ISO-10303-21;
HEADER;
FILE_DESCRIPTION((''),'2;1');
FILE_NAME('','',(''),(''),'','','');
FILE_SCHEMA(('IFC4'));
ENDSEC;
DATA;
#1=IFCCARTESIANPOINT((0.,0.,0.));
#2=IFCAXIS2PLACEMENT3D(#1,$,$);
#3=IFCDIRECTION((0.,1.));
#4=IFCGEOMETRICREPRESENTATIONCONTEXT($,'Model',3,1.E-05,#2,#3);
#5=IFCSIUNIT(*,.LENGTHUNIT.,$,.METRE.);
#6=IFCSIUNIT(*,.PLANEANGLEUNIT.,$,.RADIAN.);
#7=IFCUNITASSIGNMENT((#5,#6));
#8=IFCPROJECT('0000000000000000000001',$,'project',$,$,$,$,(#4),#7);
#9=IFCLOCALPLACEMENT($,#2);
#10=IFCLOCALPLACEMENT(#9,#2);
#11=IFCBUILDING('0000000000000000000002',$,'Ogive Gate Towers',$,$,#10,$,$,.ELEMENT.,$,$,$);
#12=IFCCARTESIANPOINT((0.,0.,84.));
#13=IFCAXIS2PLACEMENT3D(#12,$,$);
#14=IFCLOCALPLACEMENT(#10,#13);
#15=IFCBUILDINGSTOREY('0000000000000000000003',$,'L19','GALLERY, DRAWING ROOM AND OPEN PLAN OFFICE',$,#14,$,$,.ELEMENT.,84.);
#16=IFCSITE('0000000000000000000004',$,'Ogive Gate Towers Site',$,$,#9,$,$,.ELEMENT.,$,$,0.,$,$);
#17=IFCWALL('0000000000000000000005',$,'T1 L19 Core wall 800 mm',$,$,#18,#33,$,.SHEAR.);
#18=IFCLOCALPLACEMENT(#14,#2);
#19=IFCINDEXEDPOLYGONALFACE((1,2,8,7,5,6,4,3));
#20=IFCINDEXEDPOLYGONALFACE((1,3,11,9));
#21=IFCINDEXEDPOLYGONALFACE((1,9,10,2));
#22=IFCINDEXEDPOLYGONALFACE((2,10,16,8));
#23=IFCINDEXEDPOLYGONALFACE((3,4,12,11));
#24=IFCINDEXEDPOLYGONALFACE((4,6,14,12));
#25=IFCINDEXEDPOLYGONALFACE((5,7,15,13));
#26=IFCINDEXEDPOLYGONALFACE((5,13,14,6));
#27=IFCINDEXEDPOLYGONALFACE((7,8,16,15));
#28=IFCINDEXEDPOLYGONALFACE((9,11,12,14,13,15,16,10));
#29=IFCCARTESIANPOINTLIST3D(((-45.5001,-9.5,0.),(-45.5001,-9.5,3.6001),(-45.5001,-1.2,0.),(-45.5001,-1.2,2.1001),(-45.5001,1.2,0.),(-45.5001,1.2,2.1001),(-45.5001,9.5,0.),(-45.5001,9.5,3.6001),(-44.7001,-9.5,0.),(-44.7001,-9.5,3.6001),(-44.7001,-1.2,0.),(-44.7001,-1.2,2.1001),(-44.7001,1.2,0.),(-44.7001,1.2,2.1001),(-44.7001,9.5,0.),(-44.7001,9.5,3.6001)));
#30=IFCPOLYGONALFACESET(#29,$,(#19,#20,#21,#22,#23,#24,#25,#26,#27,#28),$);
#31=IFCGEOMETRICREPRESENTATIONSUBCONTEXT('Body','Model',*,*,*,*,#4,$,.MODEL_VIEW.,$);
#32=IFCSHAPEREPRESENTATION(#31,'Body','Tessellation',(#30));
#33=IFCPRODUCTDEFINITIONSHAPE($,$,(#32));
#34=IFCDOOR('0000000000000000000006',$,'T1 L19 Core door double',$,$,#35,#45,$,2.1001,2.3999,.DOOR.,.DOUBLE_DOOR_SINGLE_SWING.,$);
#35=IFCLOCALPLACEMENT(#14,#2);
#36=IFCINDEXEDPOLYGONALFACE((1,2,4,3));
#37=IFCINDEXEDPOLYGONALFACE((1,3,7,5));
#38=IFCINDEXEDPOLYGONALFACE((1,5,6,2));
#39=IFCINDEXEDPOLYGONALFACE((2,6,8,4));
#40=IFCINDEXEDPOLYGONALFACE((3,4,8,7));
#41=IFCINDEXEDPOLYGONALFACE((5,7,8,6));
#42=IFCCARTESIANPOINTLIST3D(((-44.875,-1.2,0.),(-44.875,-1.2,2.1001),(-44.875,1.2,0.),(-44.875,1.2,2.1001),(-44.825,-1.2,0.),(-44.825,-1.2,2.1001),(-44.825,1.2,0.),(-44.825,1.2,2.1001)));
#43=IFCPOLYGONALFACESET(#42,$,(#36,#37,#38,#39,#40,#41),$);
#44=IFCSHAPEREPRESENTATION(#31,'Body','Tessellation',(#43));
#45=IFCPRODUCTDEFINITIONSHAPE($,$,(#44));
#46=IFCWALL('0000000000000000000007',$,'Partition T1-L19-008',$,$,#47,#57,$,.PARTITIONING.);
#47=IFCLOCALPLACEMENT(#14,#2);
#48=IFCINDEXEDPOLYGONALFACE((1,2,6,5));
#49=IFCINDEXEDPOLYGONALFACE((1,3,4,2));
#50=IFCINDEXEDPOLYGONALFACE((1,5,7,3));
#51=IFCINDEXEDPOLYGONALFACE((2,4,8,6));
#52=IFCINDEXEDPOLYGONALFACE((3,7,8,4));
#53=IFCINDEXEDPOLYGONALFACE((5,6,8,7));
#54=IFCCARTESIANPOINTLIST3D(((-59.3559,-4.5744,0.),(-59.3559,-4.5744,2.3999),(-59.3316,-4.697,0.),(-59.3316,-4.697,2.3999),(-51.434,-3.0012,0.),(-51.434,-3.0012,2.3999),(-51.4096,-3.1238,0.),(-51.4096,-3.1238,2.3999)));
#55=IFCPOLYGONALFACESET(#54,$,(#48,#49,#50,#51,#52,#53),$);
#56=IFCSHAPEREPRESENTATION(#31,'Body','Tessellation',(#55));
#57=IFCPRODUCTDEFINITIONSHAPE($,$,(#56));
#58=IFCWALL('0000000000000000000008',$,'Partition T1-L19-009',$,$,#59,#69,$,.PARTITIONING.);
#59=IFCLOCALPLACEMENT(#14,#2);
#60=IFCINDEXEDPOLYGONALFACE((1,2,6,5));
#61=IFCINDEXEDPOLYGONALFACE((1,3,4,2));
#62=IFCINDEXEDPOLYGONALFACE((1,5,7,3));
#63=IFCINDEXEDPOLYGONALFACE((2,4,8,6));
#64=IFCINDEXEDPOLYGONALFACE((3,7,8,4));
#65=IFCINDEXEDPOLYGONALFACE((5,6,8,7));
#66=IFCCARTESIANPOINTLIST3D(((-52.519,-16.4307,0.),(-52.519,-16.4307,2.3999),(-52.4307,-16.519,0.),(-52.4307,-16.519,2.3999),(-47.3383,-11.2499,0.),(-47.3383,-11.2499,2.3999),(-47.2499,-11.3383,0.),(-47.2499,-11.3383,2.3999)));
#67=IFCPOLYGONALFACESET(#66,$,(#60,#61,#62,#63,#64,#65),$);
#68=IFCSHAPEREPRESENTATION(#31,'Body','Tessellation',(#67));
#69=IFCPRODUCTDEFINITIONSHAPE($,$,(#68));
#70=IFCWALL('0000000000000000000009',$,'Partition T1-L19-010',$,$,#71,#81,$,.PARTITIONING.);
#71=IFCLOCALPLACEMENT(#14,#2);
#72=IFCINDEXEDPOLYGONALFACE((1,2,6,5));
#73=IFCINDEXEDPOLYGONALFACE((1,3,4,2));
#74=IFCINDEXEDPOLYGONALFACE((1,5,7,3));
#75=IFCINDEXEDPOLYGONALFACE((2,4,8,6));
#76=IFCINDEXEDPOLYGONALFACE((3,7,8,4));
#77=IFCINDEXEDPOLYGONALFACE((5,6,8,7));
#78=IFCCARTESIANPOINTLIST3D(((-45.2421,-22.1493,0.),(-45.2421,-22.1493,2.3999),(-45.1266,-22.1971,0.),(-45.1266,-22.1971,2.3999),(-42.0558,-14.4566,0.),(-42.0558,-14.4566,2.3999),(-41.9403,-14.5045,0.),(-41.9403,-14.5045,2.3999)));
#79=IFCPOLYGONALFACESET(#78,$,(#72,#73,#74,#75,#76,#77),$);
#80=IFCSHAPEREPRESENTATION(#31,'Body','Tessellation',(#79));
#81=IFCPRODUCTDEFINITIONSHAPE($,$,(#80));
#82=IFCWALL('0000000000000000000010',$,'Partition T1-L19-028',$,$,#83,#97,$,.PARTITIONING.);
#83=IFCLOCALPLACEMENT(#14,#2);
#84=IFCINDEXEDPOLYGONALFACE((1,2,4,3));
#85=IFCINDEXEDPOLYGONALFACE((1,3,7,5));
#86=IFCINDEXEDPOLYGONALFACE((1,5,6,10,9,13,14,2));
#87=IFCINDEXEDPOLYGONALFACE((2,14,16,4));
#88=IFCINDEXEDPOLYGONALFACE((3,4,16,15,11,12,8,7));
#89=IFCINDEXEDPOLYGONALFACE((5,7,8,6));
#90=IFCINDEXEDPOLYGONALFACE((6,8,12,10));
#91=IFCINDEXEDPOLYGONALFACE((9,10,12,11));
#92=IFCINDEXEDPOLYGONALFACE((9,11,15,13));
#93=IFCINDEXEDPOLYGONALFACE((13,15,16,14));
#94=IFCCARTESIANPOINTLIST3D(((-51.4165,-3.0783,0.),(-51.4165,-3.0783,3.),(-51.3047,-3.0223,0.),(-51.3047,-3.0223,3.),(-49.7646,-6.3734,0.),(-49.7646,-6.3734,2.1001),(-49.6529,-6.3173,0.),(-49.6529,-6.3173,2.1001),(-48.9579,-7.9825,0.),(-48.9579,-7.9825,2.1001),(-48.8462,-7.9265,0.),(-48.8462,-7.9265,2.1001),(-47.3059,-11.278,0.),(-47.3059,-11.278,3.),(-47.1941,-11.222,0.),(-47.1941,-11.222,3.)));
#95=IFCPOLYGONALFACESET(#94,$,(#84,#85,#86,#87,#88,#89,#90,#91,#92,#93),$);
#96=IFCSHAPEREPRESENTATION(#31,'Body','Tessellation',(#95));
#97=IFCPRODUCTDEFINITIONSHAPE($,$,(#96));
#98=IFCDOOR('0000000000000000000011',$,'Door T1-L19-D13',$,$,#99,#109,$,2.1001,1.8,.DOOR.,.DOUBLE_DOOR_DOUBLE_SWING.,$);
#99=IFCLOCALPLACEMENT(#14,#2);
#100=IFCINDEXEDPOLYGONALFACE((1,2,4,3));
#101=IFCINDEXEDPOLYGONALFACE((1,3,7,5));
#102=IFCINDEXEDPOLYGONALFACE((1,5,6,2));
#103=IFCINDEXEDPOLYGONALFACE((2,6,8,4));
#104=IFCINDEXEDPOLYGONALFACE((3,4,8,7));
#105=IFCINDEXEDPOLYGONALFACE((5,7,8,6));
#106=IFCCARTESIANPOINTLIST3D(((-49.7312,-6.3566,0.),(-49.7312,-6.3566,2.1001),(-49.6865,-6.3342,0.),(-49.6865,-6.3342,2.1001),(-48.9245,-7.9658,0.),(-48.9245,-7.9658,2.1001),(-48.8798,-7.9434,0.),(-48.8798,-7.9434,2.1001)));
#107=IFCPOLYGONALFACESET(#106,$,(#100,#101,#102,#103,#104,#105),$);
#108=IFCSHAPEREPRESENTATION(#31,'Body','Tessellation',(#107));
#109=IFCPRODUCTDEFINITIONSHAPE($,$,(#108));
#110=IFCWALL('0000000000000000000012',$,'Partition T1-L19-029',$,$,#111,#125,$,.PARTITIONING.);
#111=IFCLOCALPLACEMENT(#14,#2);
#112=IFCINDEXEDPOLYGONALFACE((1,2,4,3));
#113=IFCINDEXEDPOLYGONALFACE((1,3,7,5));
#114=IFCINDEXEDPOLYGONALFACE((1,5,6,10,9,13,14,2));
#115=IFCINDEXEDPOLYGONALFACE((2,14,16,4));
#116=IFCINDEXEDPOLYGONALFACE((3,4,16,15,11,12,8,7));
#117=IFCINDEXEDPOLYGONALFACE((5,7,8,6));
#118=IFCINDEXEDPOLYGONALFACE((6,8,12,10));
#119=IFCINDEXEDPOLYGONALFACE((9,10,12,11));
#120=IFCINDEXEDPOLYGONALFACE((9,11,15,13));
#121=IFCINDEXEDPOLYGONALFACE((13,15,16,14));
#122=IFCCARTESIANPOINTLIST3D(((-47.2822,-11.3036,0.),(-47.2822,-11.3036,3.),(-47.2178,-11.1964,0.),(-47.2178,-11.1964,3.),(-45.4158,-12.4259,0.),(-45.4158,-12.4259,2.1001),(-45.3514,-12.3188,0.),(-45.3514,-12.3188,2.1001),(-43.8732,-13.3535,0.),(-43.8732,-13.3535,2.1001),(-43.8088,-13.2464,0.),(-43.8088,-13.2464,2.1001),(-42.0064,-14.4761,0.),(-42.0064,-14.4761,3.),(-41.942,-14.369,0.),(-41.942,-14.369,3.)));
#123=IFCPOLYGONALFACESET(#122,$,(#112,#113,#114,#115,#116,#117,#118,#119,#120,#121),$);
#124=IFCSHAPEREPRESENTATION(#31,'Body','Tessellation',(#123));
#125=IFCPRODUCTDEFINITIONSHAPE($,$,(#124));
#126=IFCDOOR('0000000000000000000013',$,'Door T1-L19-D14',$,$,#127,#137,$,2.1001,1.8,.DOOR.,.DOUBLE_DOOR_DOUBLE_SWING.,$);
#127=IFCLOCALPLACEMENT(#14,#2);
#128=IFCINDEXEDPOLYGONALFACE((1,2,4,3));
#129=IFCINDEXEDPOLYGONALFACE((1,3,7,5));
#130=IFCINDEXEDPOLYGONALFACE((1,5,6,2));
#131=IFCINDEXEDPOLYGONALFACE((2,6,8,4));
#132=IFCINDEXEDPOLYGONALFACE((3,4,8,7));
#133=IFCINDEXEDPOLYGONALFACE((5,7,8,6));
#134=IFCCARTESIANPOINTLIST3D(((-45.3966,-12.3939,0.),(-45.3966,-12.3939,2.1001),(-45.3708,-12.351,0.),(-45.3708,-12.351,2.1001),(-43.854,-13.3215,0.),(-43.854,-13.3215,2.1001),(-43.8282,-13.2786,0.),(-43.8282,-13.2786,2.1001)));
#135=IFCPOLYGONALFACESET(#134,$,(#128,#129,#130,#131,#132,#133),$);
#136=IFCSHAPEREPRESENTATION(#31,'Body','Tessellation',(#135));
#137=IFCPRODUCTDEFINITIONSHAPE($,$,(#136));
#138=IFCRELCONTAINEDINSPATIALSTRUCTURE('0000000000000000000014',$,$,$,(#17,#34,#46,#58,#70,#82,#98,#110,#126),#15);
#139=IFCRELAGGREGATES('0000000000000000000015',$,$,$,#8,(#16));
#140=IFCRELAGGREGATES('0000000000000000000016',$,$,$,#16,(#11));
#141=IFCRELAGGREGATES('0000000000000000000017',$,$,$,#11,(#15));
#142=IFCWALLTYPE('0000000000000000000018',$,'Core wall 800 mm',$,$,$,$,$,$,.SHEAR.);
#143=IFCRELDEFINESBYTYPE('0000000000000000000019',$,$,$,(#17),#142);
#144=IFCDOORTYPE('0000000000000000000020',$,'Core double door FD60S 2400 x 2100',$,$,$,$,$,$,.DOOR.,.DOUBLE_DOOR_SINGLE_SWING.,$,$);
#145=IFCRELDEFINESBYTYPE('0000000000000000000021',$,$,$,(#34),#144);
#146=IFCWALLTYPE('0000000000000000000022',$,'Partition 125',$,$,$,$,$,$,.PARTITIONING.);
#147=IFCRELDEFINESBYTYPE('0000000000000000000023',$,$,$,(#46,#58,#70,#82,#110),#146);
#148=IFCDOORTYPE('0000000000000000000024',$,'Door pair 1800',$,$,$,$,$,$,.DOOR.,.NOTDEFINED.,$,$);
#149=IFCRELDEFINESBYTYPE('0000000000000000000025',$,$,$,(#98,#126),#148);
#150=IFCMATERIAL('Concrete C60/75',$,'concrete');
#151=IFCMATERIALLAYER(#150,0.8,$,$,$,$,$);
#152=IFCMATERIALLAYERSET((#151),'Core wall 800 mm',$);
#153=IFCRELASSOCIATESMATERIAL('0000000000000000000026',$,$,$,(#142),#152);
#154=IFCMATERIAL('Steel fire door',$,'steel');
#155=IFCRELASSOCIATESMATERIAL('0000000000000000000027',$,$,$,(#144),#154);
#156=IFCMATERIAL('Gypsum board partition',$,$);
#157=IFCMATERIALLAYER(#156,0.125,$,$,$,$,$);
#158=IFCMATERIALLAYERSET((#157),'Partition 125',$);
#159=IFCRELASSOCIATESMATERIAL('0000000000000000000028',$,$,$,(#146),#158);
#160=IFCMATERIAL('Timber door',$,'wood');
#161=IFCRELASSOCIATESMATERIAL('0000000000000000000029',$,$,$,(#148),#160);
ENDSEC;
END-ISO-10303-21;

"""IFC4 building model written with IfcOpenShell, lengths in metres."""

from ifc_helpers import new_model, si_unit, direction, frame, frame_2d, origin, place, context, subcontext, project, spatial, rectangle, extrude, material, layer, layer_set, type_object, element, fill, save


model = new_model("IFC4")

# Units and contexts
model_context = context("Model", 3, precision=1e-05, world=origin(), true_north=direction((0.0, 1.0)))
body_context = subcontext(model_context, "Body", "Model", "MODEL_VIEW")
ifc_project = project(units=[si_unit("LENGTHUNIT", "METRE"), si_unit("PLANEANGLEUNIT", "RADIAN")], contexts=[model_context])

# Site, building, storey
site_placement = place(None, origin())
site = spatial("IfcSite", under=ifc_project, at=site_placement, Name="Ogive Gate Towers Site", CompositionType="ELEMENT", RefElevation=0.0)
building_placement = place(site_placement, origin())
building = spatial("IfcBuilding", under=site, at=building_placement, Name="Ogive Gate Towers", CompositionType="ELEMENT")
storey_placement = place(building_placement, frame((0.0, 0.0, 84.0)))
storey = spatial("IfcBuildingStorey", under=building, at=storey_placement, Name="L19", Description="GALLERY, DRAWING ROOM AND OPEN PLAN OFFICE", CompositionType="ELEMENT", Elevation=84.0)

# Shared definitions
ifc_material_1 = material(Name="Concrete C60/75", Category="concrete")
ifc_layer_1 = layer(ifc_material_1, 0.8)
ifc_layer_set_1 = layer_set([ifc_layer_1], Name="Core wall 800 mm")
wall_type_1 = type_object("IfcWallType", Name="Core wall 800 mm", PredefinedType="SHEAR", material=ifc_layer_set_1)
ifc_material_2 = material(Name="Timber door", Category="wood")
ifc_material_3 = material(Name="Steel fire door", Category="steel")

# Wall, opening, door
wall_1_placement = place(storey_placement, frame((-45.1001, -9.5, 0.0), z_axis=(0.0, 0.0, 1.0), x_axis=(0.0, 1.0, 0.0)))
wall_1 = element("IfcWall", 1, at=wall_1_placement, inside=storey, type_object=wall_type_1, Name="T1 L19 Core wall 800 mm", PredefinedType="SHEAR", context=body_context, shape_type="SweptSolid", body=[
    extrude(rectangle(XDim=19.0, YDim=0.8, at=frame_2d((9.5, 0.0))), origin(), (0.0, 0.0, 1.0), 3.6001),
])
opening_1_placement = place(wall_1_placement, frame((8.3, 0.0, 0.0)))
opening_1 = element("IfcOpeningElement", 2, at=opening_1_placement, cuts=wall_1, PredefinedType="OPENING", context=body_context, shape_type="SweptSolid", body=[
    extrude(rectangle(XDim=2.3999, YDim=2.1001, at=frame_2d((1.2, 1.05))), frame((0.0, 0.4102, 0.0), z_axis=(0.0, -1.0, 0.0), x_axis=(1.0, 0.0, 0.0)), (0.0, 0.0, 1.0), 0.8201),
])
door_type_1 = type_object("IfcDoorType", Name="Core double door FD60S 2400 x 2100", OperationType="DOUBLE_DOOR_SINGLE_SWING", PredefinedType="DOOR", material=ifc_material_3)
door_1_placement = place(opening_1_placement, origin())
door_1 = element("IfcDoor", 3, at=door_1_placement, inside=storey, type_object=door_type_1, Name="T1 L19 Core door double", OperationType="DOUBLE_DOOR_SINGLE_SWING", OverallHeight=2.1001, OverallWidth=2.3999, PredefinedType="DOOR", context=body_context, shape_type="SweptSolid", body=[
    extrude(rectangle(XDim=2.3999, YDim=2.1001, at=frame_2d((1.2, 1.05))), frame((0.0, -0.2251, 0.0), z_axis=(0.0, -1.0, 0.0), x_axis=(1.0, 0.0, 0.0)), (0.0, 0.0, 1.0), 0.05),
])
fill(opening_1, door_1)

# Walls
ifc_material_4 = material(Name="Gypsum board partition")
ifc_layer_2 = layer(ifc_material_4, 0.125)
ifc_layer_set_2 = layer_set([ifc_layer_2], Name="Partition 125")
wall_type_2 = type_object("IfcWallType", Name="Partition 125", PredefinedType="PARTITIONING", material=ifc_layer_set_2)
wall_2_placement = place(storey_placement, frame((-59.3438, -4.6357, 0.0), z_axis=(0.0, 0.0, 1.0), x_axis=(0.980845, 0.194791, 0.0)))
element("IfcWall", 4, at=wall_2_placement, inside=storey, type_object=wall_type_2, Name="Partition T1-L19-008", PredefinedType="PARTITIONING", context=body_context, shape_type="SweptSolid", body=[
    extrude(rectangle(XDim=8.0767, YDim=0.125, at=frame_2d((4.0383, 0.0))), origin(), (0.0, 0.0, 1.0), 2.3999),
])
wall_3_placement = place(storey_placement, frame((-52.4749, -16.4749, 0.0), z_axis=(0.0, 0.0, 1.0), x_axis=(0.707107, 0.707107, 0.0)))
element("IfcWall", 5, at=wall_3_placement, inside=storey, type_object=wall_type_2, Name="Partition T1-L19-009", PredefinedType="PARTITIONING", context=body_context, shape_type="SweptSolid", body=[
    extrude(rectangle(XDim=7.3267, YDim=0.125, at=frame_2d((3.6633, 0.0))), origin(), (0.0, 0.0, 1.0), 2.3999),
])
wall_4_placement = place(storey_placement, frame((-45.1843, -22.1731, 0.0), z_axis=(0.0, 0.0, 1.0), x_axis=(0.382672, 0.923884, 0.0)))
element("IfcWall", 6, at=wall_4_placement, inside=storey, type_object=wall_type_2, Name="Partition T1-L19-010", PredefinedType="PARTITIONING", context=body_context, shape_type="SweptSolid", body=[
    extrude(rectangle(XDim=8.3264, YDim=0.125, at=frame_2d((4.1631, 0.0))), origin(), (0.0, 0.0, 1.0), 2.3999),
])

# Walls, openings, doors
wall_5_placement = place(storey_placement, frame((-51.3606, -3.0503, 0.0), z_axis=(0.0, 0.0, 1.0), x_axis=(0.44815, -0.893958, 0.0)))
wall_5 = element("IfcWall", 7, at=wall_5_placement, inside=storey, type_object=wall_type_2, Name="Partition T1-L19-028", PredefinedType="PARTITIONING", context=body_context, shape_type="SweptSolid", body=[
    extrude(rectangle(XDim=9.1724, YDim=0.125, at=frame_2d((4.5862, 0.0))), origin(), (0.0, 0.0, 1.0), 3.0),
])
opening_2_placement = place(wall_5_placement, frame((3.686, 0.0, 0.0)))
opening_2 = element("IfcOpeningElement", 8, at=opening_2_placement, cuts=wall_5, PredefinedType="OPENING", context=body_context, shape_type="SweptSolid", body=[
    extrude(rectangle(XDim=1.8, YDim=2.1001, at=frame_2d((0.8999, 1.05))), frame((0.0, 0.0725, 0.0), z_axis=(0.0, -1.0, 0.0), x_axis=(1.0, 0.0, 0.0)), (0.0, 0.0, 1.0), 0.145),
])
door_type_2 = type_object("IfcDoorType", Name="Door pair 1800", OperationType="NOTDEFINED", PredefinedType="DOOR", material=ifc_material_2)
door_2_placement = place(opening_2_placement, origin())
door_2 = element("IfcDoor", 9, at=door_2_placement, inside=storey, type_object=door_type_2, Name="Door T1-L19-D13", OperationType="DOUBLE_DOOR_DOUBLE_SWING", OverallHeight=2.1001, OverallWidth=1.8, PredefinedType="DOOR", context=body_context, shape_type="SweptSolid", body=[
    extrude(rectangle(XDim=1.8, YDim=2.1001, at=frame_2d((0.8999, 1.05))), frame((0.0, 0.0249, 0.0), z_axis=(0.0, -1.0, 0.0), x_axis=(1.0, 0.0, 0.0)), (0.0, 0.0, 1.0), 0.05),
])
fill(opening_2, door_2)
wall_6_placement = place(storey_placement, frame((-47.25, -11.25, 0.0), z_axis=(0.0, 0.0, 1.0), x_axis=(0.856985, -0.515341, 0.0)))
wall_6 = element("IfcWall", 10, at=wall_6_placement, inside=storey, type_object=wall_type_2, Name="Partition T1-L19-029", PredefinedType="PARTITIONING", context=body_context, shape_type="SweptSolid", body=[
    extrude(rectangle(XDim=6.1562, YDim=0.125, at=frame_2d((3.0781, 0.0))), origin(), (0.0, 0.0, 1.0), 3.0),
])
opening_3_placement = place(wall_6_placement, frame((2.178, 0.0, 0.0)))
opening_3 = element("IfcOpeningElement", 11, at=opening_3_placement, cuts=wall_6, PredefinedType="OPENING", context=body_context, shape_type="SweptSolid", body=[
    extrude(rectangle(XDim=1.8, YDim=2.1001, at=frame_2d((0.8999, 1.05))), frame((0.0, 0.0725, 0.0), z_axis=(0.0, -1.0, 0.0), x_axis=(1.0, 0.0, 0.0)), (0.0, 0.0, 1.0), 0.145),
])
door_3_placement = place(opening_3_placement, origin())
door_3 = element("IfcDoor", 12, at=door_3_placement, inside=storey, type_object=door_type_2, Name="Door T1-L19-D14", OperationType="DOUBLE_DOOR_DOUBLE_SWING", OverallHeight=2.1001, OverallWidth=1.8, PredefinedType="DOOR", context=body_context, shape_type="SweptSolid", body=[
    extrude(rectangle(XDim=1.8, YDim=2.1001, at=frame_2d((0.8999, 1.05))), frame((0.0, 0.0249, 0.0), z_axis=(0.0, -1.0, 0.0), x_axis=(1.0, 0.0, 0.0)), (0.0, 0.0, 1.0), 0.05),
])
fill(opening_3, door_3)

save(model, "model.ifc")
